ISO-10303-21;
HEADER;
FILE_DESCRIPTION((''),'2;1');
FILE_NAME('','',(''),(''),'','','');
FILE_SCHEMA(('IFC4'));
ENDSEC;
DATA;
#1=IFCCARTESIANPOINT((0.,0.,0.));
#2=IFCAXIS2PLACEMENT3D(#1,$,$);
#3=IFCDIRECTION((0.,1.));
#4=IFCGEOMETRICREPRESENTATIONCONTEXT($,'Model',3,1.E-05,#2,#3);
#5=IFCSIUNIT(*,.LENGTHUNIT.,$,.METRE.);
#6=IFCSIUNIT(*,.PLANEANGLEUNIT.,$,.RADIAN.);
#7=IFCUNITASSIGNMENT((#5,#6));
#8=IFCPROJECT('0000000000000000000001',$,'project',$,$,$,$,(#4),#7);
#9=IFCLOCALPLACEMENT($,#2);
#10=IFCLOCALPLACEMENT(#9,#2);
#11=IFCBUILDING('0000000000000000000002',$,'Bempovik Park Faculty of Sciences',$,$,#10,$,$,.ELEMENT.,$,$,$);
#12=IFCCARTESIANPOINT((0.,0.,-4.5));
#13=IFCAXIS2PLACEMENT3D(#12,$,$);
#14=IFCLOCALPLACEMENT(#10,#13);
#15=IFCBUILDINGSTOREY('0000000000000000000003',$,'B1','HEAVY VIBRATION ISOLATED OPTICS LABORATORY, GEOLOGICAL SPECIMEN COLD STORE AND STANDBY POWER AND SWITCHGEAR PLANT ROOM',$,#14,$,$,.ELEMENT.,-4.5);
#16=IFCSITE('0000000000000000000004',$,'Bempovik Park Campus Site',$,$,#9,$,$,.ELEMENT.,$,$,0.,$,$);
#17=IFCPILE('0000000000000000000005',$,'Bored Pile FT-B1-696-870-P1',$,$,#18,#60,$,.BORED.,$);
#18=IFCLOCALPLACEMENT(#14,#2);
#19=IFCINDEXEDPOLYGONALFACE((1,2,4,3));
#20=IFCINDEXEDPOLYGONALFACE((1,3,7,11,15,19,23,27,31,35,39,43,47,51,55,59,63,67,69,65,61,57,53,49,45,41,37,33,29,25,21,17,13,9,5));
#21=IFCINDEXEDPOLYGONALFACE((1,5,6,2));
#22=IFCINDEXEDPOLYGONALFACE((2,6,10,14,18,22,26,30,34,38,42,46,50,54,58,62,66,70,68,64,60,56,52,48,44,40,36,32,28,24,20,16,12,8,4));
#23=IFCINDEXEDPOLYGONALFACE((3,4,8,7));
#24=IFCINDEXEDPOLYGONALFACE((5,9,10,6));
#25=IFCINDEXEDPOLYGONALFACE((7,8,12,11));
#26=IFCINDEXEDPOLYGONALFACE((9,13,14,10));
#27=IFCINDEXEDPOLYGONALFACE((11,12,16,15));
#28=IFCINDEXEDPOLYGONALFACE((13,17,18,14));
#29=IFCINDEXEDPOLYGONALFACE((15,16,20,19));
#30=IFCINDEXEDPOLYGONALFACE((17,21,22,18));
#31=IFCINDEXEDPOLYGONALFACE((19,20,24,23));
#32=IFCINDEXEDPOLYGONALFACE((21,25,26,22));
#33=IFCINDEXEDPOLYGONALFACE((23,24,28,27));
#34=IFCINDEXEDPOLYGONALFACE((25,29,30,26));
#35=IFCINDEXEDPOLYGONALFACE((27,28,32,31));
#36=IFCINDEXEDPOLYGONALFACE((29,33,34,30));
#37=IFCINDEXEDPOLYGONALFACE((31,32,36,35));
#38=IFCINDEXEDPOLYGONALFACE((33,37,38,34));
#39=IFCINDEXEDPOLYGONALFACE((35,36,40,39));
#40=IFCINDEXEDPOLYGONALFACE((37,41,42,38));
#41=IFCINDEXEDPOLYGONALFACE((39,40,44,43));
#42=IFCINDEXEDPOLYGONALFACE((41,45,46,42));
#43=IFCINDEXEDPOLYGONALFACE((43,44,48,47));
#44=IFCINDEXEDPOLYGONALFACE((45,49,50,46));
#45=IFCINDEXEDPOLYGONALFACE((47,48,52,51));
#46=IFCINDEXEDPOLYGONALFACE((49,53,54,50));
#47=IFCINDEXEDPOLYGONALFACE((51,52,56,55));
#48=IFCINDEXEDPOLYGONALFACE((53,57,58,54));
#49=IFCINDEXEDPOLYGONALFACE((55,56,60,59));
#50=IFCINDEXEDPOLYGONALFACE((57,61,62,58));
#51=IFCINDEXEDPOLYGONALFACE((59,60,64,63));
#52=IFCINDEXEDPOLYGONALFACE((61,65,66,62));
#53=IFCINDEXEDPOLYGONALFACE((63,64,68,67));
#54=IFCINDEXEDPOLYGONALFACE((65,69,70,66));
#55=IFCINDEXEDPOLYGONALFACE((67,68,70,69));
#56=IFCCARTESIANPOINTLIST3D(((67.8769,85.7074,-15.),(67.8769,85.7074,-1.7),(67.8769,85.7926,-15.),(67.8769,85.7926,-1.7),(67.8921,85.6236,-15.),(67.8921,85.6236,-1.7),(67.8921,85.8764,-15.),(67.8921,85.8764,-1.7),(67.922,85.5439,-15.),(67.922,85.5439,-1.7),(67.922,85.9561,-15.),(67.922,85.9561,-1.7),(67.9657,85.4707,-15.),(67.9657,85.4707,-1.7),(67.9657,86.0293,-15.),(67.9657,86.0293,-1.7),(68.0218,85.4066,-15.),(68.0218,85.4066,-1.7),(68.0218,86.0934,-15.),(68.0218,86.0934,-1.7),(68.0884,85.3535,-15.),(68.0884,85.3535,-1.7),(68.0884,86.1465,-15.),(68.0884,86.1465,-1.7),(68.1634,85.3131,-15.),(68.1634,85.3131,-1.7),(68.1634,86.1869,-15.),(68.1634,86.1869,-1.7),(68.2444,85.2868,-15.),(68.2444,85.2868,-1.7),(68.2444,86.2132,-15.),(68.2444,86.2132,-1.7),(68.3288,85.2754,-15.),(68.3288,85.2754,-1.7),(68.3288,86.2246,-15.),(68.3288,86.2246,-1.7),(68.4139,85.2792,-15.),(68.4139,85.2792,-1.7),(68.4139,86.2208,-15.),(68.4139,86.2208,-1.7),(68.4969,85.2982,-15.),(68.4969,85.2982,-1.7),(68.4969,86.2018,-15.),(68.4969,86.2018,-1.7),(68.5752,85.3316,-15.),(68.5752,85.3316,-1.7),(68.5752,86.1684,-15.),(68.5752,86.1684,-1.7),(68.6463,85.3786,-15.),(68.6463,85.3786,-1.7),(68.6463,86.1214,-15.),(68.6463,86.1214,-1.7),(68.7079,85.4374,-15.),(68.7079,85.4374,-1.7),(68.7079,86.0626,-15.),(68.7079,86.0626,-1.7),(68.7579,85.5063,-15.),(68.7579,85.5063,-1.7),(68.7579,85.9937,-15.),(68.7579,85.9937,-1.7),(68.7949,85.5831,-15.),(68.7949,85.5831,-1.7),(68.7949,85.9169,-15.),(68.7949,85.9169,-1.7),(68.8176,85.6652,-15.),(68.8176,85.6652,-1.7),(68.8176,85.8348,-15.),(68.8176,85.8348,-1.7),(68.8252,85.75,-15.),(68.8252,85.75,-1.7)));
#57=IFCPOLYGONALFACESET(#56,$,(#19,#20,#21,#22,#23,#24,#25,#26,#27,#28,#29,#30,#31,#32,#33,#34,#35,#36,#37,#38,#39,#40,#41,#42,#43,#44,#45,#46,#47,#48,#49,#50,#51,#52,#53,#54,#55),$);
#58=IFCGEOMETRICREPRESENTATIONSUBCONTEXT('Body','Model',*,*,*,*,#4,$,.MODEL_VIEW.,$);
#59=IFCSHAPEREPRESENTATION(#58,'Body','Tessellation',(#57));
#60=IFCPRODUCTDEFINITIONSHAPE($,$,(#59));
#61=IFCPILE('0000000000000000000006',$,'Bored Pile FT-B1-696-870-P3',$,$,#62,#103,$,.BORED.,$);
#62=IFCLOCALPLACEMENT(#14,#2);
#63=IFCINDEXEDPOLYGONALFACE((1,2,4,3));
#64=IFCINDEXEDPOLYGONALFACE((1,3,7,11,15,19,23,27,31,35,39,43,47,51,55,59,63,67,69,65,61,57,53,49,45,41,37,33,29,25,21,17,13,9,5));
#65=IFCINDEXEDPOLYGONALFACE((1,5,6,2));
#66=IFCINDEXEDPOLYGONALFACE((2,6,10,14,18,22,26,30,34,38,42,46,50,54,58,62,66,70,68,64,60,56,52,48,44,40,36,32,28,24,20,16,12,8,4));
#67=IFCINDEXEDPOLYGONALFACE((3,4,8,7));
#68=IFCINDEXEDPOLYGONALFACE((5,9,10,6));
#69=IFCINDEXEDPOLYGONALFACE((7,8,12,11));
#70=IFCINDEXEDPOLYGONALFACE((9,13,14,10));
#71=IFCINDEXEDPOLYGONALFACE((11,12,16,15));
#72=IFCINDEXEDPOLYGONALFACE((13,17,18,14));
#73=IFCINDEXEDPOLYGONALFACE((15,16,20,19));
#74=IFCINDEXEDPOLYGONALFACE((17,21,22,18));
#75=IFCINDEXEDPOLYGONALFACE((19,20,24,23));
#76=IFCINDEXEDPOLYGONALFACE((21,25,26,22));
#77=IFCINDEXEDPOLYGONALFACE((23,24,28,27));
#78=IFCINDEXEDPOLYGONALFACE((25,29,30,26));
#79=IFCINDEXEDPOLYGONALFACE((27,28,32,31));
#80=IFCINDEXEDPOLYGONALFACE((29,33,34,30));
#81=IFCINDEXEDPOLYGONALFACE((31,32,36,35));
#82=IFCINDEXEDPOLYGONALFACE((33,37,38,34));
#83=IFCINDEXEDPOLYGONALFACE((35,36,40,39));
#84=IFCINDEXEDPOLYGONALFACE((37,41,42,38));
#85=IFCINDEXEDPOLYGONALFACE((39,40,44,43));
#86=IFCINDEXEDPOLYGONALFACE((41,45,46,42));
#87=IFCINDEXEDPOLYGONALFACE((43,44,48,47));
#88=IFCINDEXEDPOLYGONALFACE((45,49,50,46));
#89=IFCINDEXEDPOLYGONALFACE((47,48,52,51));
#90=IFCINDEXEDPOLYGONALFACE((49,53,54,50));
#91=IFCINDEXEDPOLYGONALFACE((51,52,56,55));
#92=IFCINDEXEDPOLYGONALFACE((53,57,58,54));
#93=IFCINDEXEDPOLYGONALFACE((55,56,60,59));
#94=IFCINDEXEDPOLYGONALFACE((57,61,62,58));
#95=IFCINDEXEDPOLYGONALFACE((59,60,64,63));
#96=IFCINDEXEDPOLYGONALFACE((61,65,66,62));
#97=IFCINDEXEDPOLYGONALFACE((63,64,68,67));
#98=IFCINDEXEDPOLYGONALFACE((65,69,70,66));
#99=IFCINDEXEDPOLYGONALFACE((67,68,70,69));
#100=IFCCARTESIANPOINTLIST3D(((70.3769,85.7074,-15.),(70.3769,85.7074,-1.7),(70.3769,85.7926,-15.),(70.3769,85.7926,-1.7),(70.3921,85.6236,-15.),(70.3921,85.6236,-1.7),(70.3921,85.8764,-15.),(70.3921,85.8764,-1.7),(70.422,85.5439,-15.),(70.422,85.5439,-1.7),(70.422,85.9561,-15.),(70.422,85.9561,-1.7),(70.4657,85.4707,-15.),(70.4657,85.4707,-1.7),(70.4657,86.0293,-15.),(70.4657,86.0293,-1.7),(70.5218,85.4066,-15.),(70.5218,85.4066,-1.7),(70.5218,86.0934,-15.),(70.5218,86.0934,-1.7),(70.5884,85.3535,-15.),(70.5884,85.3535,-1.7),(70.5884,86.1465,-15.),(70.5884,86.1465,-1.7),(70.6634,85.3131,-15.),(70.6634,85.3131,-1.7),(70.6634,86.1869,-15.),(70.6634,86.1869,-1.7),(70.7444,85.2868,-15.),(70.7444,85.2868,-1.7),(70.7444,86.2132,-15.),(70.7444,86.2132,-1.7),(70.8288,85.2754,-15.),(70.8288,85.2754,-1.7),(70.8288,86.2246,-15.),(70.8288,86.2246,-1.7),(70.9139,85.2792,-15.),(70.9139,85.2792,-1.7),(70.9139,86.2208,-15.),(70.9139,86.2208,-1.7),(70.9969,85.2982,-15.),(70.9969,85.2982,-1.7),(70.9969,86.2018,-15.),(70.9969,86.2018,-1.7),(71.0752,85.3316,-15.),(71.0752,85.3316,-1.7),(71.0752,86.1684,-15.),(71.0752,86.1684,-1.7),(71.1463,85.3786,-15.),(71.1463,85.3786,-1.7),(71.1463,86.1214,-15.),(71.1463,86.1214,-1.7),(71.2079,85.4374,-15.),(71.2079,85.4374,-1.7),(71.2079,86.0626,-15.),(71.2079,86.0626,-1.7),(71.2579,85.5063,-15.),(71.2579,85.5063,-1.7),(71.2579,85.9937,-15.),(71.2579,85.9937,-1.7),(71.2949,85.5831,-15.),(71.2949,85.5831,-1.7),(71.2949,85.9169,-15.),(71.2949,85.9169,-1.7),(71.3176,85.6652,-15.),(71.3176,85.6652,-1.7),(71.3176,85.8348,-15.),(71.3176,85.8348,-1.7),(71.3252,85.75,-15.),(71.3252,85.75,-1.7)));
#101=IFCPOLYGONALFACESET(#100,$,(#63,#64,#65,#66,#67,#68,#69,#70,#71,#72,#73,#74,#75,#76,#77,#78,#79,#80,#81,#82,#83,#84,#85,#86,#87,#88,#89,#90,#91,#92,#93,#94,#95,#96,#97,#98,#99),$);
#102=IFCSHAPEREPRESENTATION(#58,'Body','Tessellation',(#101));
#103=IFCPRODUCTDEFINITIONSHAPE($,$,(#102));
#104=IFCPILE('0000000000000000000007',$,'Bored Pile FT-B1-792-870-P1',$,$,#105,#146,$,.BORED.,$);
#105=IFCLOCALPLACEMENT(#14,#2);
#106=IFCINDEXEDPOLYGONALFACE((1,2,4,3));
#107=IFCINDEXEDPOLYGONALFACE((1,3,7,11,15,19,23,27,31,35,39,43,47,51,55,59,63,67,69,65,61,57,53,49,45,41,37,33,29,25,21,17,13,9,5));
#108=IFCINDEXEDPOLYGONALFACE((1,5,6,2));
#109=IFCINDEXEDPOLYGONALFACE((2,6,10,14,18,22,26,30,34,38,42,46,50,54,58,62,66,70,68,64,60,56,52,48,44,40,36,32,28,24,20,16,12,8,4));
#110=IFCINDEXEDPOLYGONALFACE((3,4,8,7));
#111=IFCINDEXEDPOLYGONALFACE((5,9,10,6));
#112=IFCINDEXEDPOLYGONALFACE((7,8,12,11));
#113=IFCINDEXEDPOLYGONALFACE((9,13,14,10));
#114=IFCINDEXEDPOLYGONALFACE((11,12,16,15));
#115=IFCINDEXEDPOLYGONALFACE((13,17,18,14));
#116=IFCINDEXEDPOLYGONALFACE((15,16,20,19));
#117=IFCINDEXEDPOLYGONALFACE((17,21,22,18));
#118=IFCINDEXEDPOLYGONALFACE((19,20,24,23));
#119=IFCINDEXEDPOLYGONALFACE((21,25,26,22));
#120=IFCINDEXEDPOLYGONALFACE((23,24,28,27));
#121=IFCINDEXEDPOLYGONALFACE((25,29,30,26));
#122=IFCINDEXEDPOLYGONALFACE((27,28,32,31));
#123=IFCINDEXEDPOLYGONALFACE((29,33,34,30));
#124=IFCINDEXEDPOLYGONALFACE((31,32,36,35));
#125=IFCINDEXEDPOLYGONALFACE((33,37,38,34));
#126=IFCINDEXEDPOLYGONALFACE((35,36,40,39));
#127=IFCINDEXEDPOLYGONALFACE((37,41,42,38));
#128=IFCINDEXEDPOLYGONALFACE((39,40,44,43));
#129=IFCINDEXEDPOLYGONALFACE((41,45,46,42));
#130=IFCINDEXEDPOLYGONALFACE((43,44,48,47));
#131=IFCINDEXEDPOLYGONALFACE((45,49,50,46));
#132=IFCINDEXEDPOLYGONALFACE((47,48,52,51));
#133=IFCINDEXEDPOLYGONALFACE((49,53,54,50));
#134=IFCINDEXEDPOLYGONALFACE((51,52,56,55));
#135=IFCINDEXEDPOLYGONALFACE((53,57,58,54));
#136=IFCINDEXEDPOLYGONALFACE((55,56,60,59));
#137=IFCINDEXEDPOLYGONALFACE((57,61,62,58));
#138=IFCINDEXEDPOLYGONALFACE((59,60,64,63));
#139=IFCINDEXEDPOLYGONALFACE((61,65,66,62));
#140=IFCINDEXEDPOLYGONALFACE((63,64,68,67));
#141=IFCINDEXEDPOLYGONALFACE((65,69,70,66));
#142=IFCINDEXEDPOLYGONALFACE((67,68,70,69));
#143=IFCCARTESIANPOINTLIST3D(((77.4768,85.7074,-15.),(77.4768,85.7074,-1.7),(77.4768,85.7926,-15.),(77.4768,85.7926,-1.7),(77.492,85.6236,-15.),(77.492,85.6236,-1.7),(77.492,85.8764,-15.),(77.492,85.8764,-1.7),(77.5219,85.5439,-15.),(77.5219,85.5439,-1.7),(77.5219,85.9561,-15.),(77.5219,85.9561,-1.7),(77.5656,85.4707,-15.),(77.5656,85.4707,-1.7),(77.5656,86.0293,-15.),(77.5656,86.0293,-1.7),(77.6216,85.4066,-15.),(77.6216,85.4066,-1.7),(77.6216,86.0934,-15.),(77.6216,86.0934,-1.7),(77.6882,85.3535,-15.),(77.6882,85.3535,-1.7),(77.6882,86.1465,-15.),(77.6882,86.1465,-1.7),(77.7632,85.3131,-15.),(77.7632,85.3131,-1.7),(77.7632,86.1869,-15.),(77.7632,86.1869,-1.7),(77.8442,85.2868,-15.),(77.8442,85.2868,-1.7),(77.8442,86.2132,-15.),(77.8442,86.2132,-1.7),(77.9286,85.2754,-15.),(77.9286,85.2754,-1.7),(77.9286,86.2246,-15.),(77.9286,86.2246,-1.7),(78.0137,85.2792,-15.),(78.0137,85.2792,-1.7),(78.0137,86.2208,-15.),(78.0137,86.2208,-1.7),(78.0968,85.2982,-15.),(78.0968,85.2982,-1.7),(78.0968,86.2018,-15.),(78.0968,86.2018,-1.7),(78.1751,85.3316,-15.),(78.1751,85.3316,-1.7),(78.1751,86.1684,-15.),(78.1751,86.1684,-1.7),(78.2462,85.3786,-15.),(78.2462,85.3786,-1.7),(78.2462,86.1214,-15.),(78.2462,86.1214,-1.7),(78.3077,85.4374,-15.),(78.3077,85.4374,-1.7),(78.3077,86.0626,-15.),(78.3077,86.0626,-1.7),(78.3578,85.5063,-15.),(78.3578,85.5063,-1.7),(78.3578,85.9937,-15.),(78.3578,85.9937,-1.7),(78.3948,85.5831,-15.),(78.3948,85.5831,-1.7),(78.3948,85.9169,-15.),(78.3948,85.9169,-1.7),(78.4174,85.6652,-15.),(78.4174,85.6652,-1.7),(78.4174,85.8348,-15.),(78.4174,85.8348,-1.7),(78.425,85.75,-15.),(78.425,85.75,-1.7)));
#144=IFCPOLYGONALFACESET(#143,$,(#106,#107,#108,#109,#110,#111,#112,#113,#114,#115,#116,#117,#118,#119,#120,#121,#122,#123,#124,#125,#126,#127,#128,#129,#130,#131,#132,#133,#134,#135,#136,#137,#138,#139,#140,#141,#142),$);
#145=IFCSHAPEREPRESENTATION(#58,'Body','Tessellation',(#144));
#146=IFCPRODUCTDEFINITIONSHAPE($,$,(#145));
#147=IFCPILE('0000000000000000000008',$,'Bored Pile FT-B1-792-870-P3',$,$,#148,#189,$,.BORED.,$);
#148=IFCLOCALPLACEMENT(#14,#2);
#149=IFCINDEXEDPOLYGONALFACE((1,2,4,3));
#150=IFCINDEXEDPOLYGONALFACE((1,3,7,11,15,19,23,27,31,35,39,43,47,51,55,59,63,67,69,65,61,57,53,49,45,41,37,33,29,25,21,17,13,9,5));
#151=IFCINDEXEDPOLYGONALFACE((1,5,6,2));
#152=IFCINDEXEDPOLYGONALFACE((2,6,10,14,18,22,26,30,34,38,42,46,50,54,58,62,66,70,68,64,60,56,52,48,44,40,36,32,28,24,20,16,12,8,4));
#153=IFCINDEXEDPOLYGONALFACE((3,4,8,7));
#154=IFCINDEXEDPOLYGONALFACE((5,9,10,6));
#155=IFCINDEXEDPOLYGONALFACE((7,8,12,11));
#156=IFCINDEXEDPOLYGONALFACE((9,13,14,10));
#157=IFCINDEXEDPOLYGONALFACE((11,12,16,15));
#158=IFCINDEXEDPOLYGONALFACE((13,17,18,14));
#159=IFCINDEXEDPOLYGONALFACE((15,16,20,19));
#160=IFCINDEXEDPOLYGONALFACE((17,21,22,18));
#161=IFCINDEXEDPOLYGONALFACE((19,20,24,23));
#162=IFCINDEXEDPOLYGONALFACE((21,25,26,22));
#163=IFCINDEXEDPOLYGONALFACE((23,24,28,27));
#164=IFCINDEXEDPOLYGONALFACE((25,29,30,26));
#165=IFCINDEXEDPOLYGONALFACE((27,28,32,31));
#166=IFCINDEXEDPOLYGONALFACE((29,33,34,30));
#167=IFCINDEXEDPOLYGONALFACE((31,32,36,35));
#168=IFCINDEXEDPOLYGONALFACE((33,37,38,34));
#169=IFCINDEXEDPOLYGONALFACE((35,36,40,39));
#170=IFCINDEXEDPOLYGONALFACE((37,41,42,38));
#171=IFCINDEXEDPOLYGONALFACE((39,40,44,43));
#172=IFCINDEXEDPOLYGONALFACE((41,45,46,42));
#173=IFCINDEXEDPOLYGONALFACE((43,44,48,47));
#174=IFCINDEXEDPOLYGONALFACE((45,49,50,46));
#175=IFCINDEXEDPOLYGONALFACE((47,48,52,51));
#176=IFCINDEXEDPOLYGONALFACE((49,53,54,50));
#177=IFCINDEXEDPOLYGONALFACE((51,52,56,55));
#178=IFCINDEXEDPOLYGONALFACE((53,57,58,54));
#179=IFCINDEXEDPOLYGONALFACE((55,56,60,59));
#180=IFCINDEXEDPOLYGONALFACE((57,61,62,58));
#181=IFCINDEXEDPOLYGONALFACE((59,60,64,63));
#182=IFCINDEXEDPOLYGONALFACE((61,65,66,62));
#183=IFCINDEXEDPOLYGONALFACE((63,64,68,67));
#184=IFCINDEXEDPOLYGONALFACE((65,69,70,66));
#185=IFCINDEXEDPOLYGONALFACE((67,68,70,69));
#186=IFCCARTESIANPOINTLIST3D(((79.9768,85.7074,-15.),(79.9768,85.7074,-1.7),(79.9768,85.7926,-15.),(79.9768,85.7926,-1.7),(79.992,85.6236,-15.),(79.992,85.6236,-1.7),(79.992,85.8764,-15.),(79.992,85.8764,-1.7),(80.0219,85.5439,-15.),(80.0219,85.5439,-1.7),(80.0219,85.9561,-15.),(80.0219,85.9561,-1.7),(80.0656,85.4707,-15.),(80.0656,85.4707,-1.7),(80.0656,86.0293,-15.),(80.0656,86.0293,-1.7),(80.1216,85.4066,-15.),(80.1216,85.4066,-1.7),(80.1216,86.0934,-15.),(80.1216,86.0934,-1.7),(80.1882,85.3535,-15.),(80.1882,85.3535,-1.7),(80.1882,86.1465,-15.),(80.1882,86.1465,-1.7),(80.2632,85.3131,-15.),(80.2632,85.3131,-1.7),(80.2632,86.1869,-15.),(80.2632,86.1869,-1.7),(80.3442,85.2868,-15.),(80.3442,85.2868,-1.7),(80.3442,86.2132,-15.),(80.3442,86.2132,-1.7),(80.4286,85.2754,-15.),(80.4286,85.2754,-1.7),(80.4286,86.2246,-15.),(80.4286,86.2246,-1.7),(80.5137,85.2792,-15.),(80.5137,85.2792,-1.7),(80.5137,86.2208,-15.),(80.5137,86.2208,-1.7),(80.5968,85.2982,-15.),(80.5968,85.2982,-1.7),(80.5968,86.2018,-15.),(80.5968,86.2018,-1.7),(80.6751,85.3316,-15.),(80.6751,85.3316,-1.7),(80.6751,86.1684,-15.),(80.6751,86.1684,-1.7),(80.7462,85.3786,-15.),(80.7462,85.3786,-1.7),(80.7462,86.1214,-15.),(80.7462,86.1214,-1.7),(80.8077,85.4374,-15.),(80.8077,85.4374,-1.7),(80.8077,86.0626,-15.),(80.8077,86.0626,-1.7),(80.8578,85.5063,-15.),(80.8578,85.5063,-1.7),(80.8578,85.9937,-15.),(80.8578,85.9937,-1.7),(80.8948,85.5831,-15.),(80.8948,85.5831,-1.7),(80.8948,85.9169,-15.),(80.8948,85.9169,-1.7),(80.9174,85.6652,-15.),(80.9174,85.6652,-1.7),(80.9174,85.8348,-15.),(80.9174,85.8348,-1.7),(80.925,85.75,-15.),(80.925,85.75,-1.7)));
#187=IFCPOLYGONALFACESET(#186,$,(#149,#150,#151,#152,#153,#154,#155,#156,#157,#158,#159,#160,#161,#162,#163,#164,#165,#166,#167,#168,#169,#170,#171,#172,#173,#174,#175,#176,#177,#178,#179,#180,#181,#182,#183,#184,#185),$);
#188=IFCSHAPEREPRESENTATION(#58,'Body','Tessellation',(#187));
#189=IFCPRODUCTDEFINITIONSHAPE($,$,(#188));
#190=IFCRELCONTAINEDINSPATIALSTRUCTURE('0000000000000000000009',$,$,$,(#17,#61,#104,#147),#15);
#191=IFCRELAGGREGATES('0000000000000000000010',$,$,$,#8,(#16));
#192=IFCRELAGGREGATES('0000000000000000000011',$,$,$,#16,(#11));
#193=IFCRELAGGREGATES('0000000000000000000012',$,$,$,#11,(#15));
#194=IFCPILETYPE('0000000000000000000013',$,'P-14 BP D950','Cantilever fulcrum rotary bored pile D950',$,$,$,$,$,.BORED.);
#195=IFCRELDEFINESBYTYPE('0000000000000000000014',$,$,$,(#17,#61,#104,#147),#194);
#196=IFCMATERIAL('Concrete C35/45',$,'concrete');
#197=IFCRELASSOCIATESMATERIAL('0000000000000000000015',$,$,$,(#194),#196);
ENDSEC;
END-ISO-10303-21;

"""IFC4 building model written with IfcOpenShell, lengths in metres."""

from ifc_helpers import new_model, si_unit, direction, frame, origin, origin_2d, place, context, subcontext, project, spatial, circle, extrude, material, material_profile, profile_set, type_object, element, save


model = new_model("IFC4")

# Units and contexts
model_context = context("Model", 3, precision=1e-05, world=origin(), true_north=direction((0.0, 1.0)))
body_context = subcontext(model_context, "Body", "Model", "MODEL_VIEW")
ifc_project = project(units=[si_unit("LENGTHUNIT", "METRE"), si_unit("PLANEANGLEUNIT", "RADIAN")], contexts=[model_context])

# Site, building, storey
site_placement = place(None, origin())
site = spatial("IfcSite", under=ifc_project, at=site_placement, Name="Bempovik Park Campus Site", CompositionType="ELEMENT", RefElevation=0.0)
building_placement = place(site_placement, origin())
building = spatial("IfcBuilding", under=site, at=building_placement, Name="Bempovik Park Faculty of Sciences", CompositionType="ELEMENT")
storey_placement = place(building_placement, frame((0.0, 0.0, -4.5)))
storey = spatial("IfcBuildingStorey", under=building, at=storey_placement, Name="B1", Description="HEAVY VIBRATION ISOLATED OPTICS LABORATORY, GEOLOGICAL SPECIMEN COLD STORE AND STANDBY POWER AND SWITCHGEAR PLANT ROOM", CompositionType="ELEMENT", Elevation=-4.5)

# Shared definitions
ifc_material_1 = material(Name="Concrete C35/45", Category="concrete")

# Piles
ifc_material_profile_1 = material_profile(ifc_material_1, circle(Radius=0.4751, at=origin_2d()), Name="BP D950")
ifc_profile_set_1 = profile_set([ifc_material_profile_1], Name="Concrete C35/45")
pile_type = type_object("IfcPileType", Name="P-14 BP D950", Description="Cantilever fulcrum rotary bored pile D950", PredefinedType="BORED", material=ifc_profile_set_1)
for number, where, z_axis, x_axis, name in (
    (1, (68.3501, 85.75, -1.7), (0.0, 0.0, -1.0), (1.0, 0.0, 0.0), "Bored Pile FT-B1-696-870-P1"),
    (2, (70.8501, 85.75, -1.7), (0.0, 0.0, -1.0), (1.0, 0.0, 0.0), "Bored Pile FT-B1-696-870-P3"),
    (3, (77.95, 85.75, -1.7), (0.0, 0.0, -1.0), (1.0, 0.0, 0.0), "Bored Pile FT-B1-792-870-P1"),
    (4, (80.45, 85.75, -1.7), (0.0, 0.0, -1.0), (1.0, 0.0, 0.0), "Bored Pile FT-B1-792-870-P3"),
):
    element("IfcPile", number, at=place(storey_placement, frame(where, z_axis=z_axis, x_axis=x_axis)), inside=storey, type_object=pile_type, Name=name, PredefinedType="BORED", context=body_context, shape_type="SweptSolid", body=[
        extrude(circle(Radius=0.4751, at=origin_2d()), origin(), (0.0, 0.0, 1.0), 13.3),
    ])

save(model, "model.ifc")
